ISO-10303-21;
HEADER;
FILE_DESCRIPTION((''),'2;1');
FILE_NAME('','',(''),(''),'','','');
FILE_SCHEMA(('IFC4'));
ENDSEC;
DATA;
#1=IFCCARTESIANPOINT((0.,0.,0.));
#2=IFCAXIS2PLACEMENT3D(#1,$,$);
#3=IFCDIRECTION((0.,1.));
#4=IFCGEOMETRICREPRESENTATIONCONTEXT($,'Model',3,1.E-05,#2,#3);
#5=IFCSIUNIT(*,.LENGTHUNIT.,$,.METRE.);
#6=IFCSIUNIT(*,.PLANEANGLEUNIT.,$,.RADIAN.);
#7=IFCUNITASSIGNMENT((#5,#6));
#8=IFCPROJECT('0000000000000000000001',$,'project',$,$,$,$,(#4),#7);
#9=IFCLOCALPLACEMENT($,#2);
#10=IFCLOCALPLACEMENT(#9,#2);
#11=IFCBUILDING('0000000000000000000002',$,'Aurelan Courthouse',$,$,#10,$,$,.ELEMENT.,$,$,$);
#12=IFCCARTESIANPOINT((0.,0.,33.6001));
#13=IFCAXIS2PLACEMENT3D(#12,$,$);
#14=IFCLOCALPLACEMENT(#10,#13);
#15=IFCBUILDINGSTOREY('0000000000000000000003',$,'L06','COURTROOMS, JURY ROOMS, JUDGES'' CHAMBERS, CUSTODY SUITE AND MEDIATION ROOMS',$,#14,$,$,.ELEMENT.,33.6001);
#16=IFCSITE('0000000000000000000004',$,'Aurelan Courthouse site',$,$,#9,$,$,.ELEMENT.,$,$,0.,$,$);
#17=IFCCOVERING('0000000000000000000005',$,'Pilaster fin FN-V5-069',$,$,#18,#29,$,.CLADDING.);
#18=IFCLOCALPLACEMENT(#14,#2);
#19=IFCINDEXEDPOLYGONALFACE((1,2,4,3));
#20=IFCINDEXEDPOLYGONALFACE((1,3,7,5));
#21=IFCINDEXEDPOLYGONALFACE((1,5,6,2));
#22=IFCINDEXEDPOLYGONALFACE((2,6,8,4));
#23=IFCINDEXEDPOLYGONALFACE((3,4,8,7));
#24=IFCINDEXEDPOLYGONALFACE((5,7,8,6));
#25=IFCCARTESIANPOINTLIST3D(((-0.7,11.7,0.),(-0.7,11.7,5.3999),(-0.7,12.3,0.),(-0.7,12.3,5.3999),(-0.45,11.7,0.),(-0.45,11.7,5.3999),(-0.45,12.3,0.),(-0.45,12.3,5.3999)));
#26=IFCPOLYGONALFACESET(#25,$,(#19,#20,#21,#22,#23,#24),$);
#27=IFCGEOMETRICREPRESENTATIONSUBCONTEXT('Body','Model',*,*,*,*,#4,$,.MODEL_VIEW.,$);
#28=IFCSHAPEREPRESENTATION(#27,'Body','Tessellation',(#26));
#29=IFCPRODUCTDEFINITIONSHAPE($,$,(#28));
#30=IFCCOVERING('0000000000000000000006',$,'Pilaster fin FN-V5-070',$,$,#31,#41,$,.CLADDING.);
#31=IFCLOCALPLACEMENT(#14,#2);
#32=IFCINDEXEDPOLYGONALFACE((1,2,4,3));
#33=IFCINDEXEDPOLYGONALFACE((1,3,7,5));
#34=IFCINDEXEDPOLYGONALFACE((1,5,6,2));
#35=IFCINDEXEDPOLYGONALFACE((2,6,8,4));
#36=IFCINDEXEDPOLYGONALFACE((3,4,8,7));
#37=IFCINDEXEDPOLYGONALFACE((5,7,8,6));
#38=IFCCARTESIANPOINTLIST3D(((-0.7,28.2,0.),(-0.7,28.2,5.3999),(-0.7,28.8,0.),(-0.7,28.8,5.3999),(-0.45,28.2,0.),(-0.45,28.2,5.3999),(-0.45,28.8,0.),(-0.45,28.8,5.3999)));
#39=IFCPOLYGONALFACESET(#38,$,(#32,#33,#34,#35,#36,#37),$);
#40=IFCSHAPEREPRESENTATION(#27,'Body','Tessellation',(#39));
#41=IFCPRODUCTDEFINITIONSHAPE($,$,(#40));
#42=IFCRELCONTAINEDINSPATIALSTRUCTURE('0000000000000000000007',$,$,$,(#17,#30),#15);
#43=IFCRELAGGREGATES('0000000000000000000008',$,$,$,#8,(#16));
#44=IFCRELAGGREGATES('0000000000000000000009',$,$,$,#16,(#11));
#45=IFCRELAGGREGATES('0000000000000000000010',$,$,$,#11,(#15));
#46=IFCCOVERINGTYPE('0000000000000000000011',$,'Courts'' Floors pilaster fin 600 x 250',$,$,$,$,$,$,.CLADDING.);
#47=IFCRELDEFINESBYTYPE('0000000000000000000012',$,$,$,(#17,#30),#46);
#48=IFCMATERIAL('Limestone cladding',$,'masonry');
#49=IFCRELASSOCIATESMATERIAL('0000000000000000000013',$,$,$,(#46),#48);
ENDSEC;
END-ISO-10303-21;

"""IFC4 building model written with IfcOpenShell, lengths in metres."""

from ifc_helpers import new_model, si_unit, direction, frame, origin, origin_2d, place, context, subcontext, project, spatial, rectangle, extrude, material, type_object, element, save


model = new_model("IFC4")

# Units and contexts
model_context = context("Model", 3, precision=1e-05, world=origin(), true_north=direction((0.0, 1.0)))
body_context = subcontext(model_context, "Body", "Model", "MODEL_VIEW")
ifc_project = project(units=[si_unit("LENGTHUNIT", "METRE"), si_unit("PLANEANGLEUNIT", "RADIAN")], contexts=[model_context])

# Site, building, storey
site_placement = place(None, origin())
site = spatial("IfcSite", under=ifc_project, at=site_placement, Name="Aurelan Courthouse site", CompositionType="ELEMENT", RefElevation=0.0)
building_placement = place(site_placement, origin())
building = spatial("IfcBuilding", under=site, at=building_placement, Name="Aurelan Courthouse", CompositionType="ELEMENT")
storey_placement = place(building_placement, frame((0.0, 0.0, 33.6001)))
storey = spatial("IfcBuildingStorey", under=building, at=storey_placement, Name="L06", Description="COURTROOMS, JURY ROOMS, JUDGES' CHAMBERS, CUSTODY SUITE AND MEDIATION ROOMS", CompositionType="ELEMENT", Elevation=33.6001)

# Shared definitions
ifc_material_1 = material(Name="Limestone cladding", Category="masonry")

# Coverings
covering_type = type_object("IfcCoveringType", Name="Courts' Floors pilaster fin 600 x 250", PredefinedType="CLADDING", material=ifc_material_1)
for number, where, z_axis, x_axis, name in (
    (1, (-0.575, 12.0, 0.0), (0.0, 0.0, 1.0), (1.0, 0.0, 0.0), "Pilaster fin FN-V5-069"),
    (2, (-0.575, 28.5, 0.0), (0.0, 0.0, 1.0), (1.0, 0.0, 0.0), "Pilaster fin FN-V5-070"),
):
    element("IfcCovering", number, at=place(storey_placement, frame(where, z_axis=z_axis, x_axis=x_axis)), inside=storey, type_object=covering_type, Name=name, PredefinedType="CLADDING", context=body_context, shape_type="SweptSolid", body=[
        extrude(rectangle(XDim=0.25, YDim=0.6001, at=origin_2d()), origin(), (0.0, 0.0, 1.0), 5.3999),
    ])

save(model, "model.ifc")
